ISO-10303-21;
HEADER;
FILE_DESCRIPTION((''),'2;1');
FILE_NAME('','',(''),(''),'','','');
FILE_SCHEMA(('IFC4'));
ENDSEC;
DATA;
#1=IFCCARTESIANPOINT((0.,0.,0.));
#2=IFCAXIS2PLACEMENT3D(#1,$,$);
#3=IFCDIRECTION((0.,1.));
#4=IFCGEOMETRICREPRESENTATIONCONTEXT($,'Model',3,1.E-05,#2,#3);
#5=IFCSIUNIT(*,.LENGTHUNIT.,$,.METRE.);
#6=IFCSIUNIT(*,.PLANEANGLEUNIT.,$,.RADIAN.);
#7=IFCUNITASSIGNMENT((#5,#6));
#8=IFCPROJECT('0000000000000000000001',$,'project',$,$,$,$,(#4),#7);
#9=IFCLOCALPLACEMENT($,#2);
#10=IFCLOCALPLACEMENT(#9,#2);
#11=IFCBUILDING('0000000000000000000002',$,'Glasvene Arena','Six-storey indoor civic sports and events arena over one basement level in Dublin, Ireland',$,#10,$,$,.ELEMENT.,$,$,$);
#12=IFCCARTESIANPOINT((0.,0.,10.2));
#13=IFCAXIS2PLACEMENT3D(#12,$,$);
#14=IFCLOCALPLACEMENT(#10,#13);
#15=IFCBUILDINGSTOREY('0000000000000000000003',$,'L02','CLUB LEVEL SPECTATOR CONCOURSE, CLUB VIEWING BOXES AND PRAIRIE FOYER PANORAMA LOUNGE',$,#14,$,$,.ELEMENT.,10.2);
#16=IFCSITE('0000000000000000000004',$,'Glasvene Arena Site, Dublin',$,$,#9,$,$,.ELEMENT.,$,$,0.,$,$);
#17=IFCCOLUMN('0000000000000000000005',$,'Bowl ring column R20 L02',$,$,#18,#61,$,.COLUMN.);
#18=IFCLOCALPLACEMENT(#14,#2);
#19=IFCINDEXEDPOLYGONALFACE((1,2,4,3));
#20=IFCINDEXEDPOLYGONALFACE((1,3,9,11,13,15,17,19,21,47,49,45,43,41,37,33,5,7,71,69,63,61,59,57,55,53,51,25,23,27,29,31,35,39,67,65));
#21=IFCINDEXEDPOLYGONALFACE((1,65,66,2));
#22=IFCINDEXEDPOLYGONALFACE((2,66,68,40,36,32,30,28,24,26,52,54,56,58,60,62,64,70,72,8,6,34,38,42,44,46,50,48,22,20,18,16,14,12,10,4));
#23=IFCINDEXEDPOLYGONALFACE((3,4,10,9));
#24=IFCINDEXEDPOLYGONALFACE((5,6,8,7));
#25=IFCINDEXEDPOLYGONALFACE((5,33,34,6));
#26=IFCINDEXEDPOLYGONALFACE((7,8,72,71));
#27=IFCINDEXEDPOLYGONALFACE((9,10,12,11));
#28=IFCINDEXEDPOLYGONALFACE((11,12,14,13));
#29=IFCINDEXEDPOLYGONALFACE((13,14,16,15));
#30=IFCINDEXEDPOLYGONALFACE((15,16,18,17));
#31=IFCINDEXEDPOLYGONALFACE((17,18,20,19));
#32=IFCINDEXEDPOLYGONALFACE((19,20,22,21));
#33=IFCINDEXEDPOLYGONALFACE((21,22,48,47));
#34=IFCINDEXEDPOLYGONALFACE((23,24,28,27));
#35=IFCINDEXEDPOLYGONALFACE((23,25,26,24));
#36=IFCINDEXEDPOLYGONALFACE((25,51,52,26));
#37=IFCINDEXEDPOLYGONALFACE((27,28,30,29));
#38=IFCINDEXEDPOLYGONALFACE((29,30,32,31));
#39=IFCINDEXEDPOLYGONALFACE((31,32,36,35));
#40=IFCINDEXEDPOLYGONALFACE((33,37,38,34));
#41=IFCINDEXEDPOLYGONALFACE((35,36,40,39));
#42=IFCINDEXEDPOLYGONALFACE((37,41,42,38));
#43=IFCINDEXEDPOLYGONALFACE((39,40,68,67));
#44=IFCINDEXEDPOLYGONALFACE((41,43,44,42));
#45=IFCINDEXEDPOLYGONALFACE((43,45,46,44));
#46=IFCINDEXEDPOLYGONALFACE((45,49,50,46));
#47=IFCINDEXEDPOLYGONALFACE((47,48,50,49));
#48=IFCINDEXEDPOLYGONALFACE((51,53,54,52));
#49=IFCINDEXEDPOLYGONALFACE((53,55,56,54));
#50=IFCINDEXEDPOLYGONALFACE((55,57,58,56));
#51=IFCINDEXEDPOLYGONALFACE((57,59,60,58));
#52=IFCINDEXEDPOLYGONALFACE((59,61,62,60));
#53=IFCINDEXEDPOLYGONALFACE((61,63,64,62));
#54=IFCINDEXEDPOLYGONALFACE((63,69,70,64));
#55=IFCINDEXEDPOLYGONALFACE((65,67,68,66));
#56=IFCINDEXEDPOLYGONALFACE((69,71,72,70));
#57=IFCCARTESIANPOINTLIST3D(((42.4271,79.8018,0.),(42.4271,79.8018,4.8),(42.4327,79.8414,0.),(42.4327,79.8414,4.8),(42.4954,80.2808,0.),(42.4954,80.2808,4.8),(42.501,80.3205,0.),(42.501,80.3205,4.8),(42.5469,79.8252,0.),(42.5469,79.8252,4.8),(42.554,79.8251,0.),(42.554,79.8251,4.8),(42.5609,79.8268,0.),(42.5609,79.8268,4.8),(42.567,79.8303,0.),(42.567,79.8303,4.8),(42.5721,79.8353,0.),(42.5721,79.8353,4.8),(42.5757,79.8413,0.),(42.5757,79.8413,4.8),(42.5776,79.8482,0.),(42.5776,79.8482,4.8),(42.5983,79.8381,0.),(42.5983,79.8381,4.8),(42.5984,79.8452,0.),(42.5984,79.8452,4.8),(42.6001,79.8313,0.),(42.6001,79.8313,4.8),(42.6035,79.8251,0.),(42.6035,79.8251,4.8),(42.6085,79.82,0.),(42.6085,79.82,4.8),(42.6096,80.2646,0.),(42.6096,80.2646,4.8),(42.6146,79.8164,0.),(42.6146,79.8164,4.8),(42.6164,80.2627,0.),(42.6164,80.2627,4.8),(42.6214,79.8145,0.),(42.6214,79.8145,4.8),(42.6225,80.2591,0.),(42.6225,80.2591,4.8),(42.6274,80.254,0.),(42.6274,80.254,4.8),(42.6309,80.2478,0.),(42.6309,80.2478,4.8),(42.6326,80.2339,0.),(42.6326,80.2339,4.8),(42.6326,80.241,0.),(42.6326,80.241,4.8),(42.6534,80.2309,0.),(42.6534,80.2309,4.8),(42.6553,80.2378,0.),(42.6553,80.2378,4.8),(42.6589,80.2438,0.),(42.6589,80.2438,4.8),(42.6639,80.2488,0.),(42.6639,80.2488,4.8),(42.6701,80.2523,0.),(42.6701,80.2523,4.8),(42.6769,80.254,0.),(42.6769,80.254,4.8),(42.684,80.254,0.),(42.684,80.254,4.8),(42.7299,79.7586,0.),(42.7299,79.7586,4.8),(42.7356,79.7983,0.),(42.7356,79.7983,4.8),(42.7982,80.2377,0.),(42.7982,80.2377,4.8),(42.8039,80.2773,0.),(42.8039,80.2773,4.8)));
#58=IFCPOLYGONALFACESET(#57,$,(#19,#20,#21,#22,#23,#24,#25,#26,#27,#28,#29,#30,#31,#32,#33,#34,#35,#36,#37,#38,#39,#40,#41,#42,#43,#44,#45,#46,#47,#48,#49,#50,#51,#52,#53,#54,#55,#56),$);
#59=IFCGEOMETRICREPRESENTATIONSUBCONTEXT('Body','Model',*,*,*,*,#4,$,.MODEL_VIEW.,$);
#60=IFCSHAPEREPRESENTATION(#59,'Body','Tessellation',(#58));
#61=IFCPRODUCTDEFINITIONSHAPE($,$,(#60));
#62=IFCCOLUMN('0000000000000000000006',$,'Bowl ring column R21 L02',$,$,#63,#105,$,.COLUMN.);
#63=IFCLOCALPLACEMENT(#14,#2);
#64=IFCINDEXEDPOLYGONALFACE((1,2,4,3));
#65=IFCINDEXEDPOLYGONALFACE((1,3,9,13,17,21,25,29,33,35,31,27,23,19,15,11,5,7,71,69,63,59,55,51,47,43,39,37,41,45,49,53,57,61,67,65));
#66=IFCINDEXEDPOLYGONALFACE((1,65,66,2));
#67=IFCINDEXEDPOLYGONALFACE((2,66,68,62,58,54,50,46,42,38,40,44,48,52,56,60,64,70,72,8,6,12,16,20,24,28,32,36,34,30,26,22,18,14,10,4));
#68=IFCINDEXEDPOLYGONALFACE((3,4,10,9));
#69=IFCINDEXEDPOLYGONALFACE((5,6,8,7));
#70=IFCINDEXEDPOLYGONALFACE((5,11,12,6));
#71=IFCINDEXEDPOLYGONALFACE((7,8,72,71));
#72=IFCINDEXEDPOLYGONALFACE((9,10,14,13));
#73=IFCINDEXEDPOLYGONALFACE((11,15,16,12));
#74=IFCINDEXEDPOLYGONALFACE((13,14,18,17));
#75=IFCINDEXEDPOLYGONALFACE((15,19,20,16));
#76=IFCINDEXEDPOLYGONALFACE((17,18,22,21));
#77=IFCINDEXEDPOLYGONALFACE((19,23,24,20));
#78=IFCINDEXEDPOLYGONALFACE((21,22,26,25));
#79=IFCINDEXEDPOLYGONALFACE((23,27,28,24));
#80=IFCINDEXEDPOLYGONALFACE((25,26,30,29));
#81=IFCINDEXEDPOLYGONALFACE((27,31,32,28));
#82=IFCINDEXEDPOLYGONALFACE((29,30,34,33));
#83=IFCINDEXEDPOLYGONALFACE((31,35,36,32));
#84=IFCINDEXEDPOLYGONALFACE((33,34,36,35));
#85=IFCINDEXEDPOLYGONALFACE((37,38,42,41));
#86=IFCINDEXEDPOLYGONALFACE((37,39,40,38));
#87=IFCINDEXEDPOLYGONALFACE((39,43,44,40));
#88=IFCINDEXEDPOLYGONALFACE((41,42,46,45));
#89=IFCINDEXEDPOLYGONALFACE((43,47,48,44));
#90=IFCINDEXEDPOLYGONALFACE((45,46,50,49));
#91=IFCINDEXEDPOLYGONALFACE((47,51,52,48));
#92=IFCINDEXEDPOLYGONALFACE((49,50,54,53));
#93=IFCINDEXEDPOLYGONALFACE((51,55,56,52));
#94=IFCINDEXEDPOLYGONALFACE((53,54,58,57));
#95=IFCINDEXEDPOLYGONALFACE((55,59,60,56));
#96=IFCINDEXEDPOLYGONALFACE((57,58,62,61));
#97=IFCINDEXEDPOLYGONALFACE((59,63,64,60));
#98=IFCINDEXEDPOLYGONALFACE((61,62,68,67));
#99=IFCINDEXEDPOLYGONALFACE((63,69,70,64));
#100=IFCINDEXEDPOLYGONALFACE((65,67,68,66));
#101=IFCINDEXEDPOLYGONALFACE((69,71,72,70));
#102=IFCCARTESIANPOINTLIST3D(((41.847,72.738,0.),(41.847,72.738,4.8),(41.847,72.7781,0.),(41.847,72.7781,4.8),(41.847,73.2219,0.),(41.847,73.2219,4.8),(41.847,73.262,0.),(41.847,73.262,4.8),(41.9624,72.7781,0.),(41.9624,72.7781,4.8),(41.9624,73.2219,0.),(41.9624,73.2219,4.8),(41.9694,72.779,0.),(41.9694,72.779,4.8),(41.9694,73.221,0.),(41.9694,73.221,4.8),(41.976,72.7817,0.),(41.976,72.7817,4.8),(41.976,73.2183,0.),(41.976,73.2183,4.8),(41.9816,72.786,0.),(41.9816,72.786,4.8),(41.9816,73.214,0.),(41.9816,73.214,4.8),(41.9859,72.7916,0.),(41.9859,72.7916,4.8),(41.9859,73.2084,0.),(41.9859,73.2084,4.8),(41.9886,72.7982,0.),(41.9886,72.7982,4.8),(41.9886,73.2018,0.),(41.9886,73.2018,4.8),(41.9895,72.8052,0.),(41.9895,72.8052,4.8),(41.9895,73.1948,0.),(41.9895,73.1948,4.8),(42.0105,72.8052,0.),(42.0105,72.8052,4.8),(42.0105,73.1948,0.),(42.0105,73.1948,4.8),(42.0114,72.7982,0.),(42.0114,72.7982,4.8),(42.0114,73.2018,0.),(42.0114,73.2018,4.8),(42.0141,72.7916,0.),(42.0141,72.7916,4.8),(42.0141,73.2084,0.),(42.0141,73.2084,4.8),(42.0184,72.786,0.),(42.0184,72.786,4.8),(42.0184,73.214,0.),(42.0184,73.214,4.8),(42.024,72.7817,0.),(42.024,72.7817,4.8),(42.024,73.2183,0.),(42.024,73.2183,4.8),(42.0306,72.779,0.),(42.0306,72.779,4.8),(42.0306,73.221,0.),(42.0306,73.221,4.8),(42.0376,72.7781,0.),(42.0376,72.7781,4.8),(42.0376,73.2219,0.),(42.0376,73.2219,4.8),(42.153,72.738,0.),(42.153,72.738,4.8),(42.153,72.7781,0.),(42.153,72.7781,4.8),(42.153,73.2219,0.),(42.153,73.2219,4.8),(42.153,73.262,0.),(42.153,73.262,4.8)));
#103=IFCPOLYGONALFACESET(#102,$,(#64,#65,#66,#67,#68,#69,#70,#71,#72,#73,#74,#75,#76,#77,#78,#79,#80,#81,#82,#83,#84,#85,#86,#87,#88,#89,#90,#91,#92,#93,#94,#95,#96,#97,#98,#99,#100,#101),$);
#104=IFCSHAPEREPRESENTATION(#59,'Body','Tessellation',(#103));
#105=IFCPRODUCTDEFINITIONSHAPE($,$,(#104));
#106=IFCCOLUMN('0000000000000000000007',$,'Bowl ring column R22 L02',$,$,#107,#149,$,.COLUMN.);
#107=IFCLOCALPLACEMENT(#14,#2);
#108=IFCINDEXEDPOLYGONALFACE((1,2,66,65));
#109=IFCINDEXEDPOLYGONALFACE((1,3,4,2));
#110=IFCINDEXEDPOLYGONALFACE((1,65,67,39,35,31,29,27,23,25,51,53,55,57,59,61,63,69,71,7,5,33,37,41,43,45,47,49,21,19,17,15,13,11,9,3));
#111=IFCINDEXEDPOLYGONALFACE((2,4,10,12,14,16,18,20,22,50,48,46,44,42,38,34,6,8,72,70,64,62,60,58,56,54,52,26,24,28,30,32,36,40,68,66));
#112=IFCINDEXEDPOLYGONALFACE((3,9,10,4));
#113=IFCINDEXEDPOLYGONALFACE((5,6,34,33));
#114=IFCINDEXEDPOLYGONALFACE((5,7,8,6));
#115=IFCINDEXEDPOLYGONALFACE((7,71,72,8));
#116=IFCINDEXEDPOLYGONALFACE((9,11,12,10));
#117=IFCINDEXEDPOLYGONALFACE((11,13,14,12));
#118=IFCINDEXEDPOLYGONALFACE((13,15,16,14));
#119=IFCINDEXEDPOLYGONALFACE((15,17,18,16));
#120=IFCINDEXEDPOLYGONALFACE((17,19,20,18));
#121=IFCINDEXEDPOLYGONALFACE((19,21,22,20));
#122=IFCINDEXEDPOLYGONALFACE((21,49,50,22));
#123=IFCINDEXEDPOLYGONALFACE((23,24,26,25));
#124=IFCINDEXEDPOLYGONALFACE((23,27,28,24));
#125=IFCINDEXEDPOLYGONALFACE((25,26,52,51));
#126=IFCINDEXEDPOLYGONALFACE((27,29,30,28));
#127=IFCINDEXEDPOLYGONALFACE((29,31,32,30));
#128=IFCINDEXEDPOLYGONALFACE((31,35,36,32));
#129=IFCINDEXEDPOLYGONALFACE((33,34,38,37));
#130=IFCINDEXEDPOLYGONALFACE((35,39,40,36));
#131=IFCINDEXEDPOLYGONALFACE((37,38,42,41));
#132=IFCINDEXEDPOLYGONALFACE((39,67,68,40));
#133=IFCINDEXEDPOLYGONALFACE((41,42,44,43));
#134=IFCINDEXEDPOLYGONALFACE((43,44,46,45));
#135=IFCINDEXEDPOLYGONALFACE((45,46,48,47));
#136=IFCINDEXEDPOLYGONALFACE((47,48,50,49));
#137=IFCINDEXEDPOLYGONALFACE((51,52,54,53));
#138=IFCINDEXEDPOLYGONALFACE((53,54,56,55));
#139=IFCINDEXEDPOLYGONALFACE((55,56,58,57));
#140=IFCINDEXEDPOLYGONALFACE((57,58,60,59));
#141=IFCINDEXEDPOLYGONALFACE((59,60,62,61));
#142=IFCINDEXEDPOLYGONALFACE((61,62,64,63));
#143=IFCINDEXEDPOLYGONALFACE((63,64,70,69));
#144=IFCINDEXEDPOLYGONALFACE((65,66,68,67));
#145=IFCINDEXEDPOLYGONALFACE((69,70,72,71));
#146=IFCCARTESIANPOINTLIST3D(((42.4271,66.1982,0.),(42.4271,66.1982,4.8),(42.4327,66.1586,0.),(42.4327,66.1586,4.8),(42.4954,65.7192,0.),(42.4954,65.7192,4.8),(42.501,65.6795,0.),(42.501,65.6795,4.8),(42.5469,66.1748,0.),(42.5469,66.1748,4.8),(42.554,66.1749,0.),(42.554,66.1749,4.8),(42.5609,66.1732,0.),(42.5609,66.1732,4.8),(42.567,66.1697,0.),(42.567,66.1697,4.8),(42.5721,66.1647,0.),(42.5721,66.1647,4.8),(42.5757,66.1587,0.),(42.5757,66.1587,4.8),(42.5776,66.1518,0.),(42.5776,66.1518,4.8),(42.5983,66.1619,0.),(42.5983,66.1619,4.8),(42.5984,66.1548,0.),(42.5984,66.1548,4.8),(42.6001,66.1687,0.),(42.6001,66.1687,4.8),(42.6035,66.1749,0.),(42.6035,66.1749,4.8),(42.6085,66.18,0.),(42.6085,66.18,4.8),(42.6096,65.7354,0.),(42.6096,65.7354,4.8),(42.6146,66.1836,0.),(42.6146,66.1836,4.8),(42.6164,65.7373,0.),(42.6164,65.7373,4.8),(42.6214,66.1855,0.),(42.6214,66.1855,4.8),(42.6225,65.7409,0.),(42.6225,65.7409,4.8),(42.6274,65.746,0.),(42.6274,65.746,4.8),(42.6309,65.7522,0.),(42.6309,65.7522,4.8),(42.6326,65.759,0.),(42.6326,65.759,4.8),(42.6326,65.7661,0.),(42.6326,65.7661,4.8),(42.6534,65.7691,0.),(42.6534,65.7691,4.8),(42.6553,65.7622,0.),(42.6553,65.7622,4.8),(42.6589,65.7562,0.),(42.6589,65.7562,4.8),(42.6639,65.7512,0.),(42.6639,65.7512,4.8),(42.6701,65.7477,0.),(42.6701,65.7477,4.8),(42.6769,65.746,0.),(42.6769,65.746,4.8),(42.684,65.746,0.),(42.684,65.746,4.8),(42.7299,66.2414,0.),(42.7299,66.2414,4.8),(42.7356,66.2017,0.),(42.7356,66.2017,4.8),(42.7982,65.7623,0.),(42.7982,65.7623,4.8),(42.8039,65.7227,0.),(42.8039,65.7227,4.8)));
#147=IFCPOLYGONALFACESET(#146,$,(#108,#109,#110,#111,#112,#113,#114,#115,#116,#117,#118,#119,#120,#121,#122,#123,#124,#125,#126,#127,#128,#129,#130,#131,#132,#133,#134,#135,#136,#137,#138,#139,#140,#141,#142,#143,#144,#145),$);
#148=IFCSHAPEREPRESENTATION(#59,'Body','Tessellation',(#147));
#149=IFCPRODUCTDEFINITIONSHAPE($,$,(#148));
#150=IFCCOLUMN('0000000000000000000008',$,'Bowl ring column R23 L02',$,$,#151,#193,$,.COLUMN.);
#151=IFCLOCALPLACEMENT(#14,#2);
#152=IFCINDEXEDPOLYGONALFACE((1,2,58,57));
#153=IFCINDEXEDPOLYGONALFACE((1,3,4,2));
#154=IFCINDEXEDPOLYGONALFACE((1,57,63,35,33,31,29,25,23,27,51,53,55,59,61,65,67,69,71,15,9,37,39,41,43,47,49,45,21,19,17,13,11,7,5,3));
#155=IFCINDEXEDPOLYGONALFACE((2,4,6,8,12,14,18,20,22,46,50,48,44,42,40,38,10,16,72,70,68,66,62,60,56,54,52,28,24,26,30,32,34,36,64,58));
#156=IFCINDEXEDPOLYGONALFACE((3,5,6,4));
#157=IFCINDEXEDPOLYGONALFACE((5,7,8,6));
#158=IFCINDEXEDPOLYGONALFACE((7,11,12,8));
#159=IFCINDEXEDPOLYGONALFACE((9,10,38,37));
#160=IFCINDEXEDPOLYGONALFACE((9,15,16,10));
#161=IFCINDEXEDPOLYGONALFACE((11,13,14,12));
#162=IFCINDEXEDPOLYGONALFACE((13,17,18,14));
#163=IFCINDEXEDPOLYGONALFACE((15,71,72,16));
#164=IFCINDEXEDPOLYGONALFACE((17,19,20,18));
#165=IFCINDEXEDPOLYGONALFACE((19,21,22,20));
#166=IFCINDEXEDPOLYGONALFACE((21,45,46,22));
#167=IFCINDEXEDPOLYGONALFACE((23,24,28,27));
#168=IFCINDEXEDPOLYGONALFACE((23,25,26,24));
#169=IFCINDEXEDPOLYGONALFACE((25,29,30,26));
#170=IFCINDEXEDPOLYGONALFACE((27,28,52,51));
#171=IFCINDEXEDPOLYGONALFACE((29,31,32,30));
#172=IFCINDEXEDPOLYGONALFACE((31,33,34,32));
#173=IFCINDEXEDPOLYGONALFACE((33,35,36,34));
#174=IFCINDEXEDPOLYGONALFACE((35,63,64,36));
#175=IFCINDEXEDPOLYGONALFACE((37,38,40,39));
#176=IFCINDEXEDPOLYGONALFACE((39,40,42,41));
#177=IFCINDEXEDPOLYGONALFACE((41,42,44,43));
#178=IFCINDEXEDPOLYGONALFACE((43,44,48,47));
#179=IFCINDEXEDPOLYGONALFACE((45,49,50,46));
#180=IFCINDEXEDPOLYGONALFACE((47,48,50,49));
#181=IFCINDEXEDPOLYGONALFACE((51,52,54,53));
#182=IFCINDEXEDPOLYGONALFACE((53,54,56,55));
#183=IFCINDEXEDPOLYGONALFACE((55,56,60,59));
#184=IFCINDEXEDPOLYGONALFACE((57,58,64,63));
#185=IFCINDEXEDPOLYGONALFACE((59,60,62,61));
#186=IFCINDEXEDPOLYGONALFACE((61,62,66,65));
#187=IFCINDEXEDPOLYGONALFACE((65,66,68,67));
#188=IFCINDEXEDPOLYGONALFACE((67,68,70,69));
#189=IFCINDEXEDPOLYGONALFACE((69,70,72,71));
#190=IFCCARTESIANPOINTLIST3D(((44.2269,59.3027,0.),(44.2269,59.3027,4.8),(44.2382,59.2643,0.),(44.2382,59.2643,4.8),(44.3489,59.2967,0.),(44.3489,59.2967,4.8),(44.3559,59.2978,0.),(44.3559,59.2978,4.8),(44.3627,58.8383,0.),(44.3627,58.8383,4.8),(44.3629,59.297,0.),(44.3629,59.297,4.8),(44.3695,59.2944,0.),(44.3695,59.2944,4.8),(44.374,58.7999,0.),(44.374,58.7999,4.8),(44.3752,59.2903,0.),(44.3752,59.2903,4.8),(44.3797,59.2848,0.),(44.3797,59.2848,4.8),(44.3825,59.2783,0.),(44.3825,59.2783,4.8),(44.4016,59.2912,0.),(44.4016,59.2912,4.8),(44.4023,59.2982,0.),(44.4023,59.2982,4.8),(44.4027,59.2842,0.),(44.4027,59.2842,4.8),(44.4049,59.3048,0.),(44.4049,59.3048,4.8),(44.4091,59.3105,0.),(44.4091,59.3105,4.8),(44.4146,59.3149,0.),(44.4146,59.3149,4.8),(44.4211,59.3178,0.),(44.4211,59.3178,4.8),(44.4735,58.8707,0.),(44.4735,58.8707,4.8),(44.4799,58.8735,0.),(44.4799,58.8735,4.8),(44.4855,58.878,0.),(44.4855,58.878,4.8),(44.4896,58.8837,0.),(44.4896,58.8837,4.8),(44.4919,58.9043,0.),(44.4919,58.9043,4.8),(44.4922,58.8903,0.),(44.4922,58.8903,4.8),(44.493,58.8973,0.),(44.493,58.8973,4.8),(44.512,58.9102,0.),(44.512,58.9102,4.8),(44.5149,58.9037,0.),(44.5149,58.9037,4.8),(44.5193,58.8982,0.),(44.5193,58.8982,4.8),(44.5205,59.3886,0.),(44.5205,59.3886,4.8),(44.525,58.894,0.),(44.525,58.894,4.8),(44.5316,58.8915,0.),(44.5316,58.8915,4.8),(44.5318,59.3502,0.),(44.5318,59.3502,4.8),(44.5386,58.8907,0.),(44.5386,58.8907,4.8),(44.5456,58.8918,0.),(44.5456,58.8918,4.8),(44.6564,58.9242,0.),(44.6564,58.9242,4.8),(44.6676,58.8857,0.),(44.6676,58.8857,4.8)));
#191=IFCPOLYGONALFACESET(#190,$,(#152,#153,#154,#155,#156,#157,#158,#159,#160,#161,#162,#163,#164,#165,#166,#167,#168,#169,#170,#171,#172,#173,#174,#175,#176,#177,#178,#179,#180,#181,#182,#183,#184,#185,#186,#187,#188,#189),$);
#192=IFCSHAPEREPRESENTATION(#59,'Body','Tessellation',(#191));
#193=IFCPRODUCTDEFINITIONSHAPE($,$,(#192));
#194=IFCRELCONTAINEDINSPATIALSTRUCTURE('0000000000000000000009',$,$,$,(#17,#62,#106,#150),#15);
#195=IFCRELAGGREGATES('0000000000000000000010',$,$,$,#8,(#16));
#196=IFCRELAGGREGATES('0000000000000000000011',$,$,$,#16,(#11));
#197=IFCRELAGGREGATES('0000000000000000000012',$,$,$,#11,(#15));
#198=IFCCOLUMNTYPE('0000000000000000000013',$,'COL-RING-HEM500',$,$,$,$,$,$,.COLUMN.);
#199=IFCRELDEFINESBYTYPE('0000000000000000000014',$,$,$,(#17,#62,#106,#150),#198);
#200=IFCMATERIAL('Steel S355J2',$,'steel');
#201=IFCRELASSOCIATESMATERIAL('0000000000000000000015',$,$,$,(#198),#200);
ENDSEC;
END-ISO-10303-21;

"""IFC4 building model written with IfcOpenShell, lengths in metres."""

from ifc_helpers import new_model, si_unit, direction, frame, origin, origin_2d, place, context, subcontext, project, spatial, i_section, extrude, material, material_profile, profile_set, type_object, element, save


model = new_model("IFC4")

# Units and contexts
model_context = context("Model", 3, precision=1e-05, world=origin(), true_north=direction((0.0, 1.0)))
body_context = subcontext(model_context, "Body", "Model", "MODEL_VIEW")
ifc_project = project(units=[si_unit("LENGTHUNIT", "METRE"), si_unit("PLANEANGLEUNIT", "RADIAN")], contexts=[model_context])

# Site, building, storey
site_placement = place(None, origin())
site = spatial("IfcSite", under=ifc_project, at=site_placement, Name="Glasvene Arena Site, Dublin", CompositionType="ELEMENT", RefElevation=0.0)
building_placement = place(site_placement, origin())
building = spatial("IfcBuilding", under=site, at=building_placement, Name="Glasvene Arena", Description="Six-storey indoor civic sports and events arena over one basement level in Dublin, Ireland", CompositionType="ELEMENT")
storey_placement = place(building_placement, frame((0.0, 0.0, 10.2)))
storey = spatial("IfcBuildingStorey", under=building, at=storey_placement, Name="L02", Description="CLUB LEVEL SPECTATOR CONCOURSE, CLUB VIEWING BOXES AND PRAIRIE FOYER PANORAMA LOUNGE", CompositionType="ELEMENT", Elevation=10.2)

# Columns
ifc_material_1 = material(Name="Steel S355J2", Category="steel")
ifc_material_profile_1 = material_profile(ifc_material_1, i_section(OverallWidth=0.3059, OverallDepth=0.5239, WebThickness=0.021, FlangeThickness=0.04, FilletRadius=0.0271, at=origin_2d()), Name="HEM 500")
ifc_profile_set_1 = profile_set([ifc_material_profile_1], Name="Steel S355J2")
column_type_1 = type_object("IfcColumnType", Name="COL-RING-HEM500", PredefinedType="COLUMN", material=ifc_profile_set_1)
for number, where, z_axis, x_axis, name in (
    (1, (42.6155, 80.0396, 0.0), (0.0, 0.0, 1.0), (-0.989999, 0.141074, 0.0), "Bowl ring column R20 L02"),
    (2, (42.0, 73.0, 0.0), (0.0, 0.0, 1.0), (-1.0, 0.0, 0.0), "Bowl ring column R21 L02"),
    (3, (42.6155, 65.9604, 0.0), (0.0, 0.0, 1.0), (-0.989999, -0.141074, 0.0), "Bowl ring column R22 L02"),
    (4, (44.4473, 59.0942, 0.0), (0.0, 0.0, 1.0), (-0.959805, -0.280667, 0.0), "Bowl ring column R23 L02"),
):
    element("IfcColumn", number, at=place(storey_placement, frame(where, z_axis=z_axis, x_axis=x_axis)), inside=storey, type_object=column_type_1, Name=name, PredefinedType="COLUMN", context=body_context, shape_type="SweptSolid", body=[
        extrude(i_section(OverallWidth=0.3059, OverallDepth=0.5239, WebThickness=0.021, FlangeThickness=0.04, FilletRadius=0.0271, at=origin_2d()), origin(), (0.0, 0.0, 1.0), 4.8),
    ])

save(model, "model.ifc")
